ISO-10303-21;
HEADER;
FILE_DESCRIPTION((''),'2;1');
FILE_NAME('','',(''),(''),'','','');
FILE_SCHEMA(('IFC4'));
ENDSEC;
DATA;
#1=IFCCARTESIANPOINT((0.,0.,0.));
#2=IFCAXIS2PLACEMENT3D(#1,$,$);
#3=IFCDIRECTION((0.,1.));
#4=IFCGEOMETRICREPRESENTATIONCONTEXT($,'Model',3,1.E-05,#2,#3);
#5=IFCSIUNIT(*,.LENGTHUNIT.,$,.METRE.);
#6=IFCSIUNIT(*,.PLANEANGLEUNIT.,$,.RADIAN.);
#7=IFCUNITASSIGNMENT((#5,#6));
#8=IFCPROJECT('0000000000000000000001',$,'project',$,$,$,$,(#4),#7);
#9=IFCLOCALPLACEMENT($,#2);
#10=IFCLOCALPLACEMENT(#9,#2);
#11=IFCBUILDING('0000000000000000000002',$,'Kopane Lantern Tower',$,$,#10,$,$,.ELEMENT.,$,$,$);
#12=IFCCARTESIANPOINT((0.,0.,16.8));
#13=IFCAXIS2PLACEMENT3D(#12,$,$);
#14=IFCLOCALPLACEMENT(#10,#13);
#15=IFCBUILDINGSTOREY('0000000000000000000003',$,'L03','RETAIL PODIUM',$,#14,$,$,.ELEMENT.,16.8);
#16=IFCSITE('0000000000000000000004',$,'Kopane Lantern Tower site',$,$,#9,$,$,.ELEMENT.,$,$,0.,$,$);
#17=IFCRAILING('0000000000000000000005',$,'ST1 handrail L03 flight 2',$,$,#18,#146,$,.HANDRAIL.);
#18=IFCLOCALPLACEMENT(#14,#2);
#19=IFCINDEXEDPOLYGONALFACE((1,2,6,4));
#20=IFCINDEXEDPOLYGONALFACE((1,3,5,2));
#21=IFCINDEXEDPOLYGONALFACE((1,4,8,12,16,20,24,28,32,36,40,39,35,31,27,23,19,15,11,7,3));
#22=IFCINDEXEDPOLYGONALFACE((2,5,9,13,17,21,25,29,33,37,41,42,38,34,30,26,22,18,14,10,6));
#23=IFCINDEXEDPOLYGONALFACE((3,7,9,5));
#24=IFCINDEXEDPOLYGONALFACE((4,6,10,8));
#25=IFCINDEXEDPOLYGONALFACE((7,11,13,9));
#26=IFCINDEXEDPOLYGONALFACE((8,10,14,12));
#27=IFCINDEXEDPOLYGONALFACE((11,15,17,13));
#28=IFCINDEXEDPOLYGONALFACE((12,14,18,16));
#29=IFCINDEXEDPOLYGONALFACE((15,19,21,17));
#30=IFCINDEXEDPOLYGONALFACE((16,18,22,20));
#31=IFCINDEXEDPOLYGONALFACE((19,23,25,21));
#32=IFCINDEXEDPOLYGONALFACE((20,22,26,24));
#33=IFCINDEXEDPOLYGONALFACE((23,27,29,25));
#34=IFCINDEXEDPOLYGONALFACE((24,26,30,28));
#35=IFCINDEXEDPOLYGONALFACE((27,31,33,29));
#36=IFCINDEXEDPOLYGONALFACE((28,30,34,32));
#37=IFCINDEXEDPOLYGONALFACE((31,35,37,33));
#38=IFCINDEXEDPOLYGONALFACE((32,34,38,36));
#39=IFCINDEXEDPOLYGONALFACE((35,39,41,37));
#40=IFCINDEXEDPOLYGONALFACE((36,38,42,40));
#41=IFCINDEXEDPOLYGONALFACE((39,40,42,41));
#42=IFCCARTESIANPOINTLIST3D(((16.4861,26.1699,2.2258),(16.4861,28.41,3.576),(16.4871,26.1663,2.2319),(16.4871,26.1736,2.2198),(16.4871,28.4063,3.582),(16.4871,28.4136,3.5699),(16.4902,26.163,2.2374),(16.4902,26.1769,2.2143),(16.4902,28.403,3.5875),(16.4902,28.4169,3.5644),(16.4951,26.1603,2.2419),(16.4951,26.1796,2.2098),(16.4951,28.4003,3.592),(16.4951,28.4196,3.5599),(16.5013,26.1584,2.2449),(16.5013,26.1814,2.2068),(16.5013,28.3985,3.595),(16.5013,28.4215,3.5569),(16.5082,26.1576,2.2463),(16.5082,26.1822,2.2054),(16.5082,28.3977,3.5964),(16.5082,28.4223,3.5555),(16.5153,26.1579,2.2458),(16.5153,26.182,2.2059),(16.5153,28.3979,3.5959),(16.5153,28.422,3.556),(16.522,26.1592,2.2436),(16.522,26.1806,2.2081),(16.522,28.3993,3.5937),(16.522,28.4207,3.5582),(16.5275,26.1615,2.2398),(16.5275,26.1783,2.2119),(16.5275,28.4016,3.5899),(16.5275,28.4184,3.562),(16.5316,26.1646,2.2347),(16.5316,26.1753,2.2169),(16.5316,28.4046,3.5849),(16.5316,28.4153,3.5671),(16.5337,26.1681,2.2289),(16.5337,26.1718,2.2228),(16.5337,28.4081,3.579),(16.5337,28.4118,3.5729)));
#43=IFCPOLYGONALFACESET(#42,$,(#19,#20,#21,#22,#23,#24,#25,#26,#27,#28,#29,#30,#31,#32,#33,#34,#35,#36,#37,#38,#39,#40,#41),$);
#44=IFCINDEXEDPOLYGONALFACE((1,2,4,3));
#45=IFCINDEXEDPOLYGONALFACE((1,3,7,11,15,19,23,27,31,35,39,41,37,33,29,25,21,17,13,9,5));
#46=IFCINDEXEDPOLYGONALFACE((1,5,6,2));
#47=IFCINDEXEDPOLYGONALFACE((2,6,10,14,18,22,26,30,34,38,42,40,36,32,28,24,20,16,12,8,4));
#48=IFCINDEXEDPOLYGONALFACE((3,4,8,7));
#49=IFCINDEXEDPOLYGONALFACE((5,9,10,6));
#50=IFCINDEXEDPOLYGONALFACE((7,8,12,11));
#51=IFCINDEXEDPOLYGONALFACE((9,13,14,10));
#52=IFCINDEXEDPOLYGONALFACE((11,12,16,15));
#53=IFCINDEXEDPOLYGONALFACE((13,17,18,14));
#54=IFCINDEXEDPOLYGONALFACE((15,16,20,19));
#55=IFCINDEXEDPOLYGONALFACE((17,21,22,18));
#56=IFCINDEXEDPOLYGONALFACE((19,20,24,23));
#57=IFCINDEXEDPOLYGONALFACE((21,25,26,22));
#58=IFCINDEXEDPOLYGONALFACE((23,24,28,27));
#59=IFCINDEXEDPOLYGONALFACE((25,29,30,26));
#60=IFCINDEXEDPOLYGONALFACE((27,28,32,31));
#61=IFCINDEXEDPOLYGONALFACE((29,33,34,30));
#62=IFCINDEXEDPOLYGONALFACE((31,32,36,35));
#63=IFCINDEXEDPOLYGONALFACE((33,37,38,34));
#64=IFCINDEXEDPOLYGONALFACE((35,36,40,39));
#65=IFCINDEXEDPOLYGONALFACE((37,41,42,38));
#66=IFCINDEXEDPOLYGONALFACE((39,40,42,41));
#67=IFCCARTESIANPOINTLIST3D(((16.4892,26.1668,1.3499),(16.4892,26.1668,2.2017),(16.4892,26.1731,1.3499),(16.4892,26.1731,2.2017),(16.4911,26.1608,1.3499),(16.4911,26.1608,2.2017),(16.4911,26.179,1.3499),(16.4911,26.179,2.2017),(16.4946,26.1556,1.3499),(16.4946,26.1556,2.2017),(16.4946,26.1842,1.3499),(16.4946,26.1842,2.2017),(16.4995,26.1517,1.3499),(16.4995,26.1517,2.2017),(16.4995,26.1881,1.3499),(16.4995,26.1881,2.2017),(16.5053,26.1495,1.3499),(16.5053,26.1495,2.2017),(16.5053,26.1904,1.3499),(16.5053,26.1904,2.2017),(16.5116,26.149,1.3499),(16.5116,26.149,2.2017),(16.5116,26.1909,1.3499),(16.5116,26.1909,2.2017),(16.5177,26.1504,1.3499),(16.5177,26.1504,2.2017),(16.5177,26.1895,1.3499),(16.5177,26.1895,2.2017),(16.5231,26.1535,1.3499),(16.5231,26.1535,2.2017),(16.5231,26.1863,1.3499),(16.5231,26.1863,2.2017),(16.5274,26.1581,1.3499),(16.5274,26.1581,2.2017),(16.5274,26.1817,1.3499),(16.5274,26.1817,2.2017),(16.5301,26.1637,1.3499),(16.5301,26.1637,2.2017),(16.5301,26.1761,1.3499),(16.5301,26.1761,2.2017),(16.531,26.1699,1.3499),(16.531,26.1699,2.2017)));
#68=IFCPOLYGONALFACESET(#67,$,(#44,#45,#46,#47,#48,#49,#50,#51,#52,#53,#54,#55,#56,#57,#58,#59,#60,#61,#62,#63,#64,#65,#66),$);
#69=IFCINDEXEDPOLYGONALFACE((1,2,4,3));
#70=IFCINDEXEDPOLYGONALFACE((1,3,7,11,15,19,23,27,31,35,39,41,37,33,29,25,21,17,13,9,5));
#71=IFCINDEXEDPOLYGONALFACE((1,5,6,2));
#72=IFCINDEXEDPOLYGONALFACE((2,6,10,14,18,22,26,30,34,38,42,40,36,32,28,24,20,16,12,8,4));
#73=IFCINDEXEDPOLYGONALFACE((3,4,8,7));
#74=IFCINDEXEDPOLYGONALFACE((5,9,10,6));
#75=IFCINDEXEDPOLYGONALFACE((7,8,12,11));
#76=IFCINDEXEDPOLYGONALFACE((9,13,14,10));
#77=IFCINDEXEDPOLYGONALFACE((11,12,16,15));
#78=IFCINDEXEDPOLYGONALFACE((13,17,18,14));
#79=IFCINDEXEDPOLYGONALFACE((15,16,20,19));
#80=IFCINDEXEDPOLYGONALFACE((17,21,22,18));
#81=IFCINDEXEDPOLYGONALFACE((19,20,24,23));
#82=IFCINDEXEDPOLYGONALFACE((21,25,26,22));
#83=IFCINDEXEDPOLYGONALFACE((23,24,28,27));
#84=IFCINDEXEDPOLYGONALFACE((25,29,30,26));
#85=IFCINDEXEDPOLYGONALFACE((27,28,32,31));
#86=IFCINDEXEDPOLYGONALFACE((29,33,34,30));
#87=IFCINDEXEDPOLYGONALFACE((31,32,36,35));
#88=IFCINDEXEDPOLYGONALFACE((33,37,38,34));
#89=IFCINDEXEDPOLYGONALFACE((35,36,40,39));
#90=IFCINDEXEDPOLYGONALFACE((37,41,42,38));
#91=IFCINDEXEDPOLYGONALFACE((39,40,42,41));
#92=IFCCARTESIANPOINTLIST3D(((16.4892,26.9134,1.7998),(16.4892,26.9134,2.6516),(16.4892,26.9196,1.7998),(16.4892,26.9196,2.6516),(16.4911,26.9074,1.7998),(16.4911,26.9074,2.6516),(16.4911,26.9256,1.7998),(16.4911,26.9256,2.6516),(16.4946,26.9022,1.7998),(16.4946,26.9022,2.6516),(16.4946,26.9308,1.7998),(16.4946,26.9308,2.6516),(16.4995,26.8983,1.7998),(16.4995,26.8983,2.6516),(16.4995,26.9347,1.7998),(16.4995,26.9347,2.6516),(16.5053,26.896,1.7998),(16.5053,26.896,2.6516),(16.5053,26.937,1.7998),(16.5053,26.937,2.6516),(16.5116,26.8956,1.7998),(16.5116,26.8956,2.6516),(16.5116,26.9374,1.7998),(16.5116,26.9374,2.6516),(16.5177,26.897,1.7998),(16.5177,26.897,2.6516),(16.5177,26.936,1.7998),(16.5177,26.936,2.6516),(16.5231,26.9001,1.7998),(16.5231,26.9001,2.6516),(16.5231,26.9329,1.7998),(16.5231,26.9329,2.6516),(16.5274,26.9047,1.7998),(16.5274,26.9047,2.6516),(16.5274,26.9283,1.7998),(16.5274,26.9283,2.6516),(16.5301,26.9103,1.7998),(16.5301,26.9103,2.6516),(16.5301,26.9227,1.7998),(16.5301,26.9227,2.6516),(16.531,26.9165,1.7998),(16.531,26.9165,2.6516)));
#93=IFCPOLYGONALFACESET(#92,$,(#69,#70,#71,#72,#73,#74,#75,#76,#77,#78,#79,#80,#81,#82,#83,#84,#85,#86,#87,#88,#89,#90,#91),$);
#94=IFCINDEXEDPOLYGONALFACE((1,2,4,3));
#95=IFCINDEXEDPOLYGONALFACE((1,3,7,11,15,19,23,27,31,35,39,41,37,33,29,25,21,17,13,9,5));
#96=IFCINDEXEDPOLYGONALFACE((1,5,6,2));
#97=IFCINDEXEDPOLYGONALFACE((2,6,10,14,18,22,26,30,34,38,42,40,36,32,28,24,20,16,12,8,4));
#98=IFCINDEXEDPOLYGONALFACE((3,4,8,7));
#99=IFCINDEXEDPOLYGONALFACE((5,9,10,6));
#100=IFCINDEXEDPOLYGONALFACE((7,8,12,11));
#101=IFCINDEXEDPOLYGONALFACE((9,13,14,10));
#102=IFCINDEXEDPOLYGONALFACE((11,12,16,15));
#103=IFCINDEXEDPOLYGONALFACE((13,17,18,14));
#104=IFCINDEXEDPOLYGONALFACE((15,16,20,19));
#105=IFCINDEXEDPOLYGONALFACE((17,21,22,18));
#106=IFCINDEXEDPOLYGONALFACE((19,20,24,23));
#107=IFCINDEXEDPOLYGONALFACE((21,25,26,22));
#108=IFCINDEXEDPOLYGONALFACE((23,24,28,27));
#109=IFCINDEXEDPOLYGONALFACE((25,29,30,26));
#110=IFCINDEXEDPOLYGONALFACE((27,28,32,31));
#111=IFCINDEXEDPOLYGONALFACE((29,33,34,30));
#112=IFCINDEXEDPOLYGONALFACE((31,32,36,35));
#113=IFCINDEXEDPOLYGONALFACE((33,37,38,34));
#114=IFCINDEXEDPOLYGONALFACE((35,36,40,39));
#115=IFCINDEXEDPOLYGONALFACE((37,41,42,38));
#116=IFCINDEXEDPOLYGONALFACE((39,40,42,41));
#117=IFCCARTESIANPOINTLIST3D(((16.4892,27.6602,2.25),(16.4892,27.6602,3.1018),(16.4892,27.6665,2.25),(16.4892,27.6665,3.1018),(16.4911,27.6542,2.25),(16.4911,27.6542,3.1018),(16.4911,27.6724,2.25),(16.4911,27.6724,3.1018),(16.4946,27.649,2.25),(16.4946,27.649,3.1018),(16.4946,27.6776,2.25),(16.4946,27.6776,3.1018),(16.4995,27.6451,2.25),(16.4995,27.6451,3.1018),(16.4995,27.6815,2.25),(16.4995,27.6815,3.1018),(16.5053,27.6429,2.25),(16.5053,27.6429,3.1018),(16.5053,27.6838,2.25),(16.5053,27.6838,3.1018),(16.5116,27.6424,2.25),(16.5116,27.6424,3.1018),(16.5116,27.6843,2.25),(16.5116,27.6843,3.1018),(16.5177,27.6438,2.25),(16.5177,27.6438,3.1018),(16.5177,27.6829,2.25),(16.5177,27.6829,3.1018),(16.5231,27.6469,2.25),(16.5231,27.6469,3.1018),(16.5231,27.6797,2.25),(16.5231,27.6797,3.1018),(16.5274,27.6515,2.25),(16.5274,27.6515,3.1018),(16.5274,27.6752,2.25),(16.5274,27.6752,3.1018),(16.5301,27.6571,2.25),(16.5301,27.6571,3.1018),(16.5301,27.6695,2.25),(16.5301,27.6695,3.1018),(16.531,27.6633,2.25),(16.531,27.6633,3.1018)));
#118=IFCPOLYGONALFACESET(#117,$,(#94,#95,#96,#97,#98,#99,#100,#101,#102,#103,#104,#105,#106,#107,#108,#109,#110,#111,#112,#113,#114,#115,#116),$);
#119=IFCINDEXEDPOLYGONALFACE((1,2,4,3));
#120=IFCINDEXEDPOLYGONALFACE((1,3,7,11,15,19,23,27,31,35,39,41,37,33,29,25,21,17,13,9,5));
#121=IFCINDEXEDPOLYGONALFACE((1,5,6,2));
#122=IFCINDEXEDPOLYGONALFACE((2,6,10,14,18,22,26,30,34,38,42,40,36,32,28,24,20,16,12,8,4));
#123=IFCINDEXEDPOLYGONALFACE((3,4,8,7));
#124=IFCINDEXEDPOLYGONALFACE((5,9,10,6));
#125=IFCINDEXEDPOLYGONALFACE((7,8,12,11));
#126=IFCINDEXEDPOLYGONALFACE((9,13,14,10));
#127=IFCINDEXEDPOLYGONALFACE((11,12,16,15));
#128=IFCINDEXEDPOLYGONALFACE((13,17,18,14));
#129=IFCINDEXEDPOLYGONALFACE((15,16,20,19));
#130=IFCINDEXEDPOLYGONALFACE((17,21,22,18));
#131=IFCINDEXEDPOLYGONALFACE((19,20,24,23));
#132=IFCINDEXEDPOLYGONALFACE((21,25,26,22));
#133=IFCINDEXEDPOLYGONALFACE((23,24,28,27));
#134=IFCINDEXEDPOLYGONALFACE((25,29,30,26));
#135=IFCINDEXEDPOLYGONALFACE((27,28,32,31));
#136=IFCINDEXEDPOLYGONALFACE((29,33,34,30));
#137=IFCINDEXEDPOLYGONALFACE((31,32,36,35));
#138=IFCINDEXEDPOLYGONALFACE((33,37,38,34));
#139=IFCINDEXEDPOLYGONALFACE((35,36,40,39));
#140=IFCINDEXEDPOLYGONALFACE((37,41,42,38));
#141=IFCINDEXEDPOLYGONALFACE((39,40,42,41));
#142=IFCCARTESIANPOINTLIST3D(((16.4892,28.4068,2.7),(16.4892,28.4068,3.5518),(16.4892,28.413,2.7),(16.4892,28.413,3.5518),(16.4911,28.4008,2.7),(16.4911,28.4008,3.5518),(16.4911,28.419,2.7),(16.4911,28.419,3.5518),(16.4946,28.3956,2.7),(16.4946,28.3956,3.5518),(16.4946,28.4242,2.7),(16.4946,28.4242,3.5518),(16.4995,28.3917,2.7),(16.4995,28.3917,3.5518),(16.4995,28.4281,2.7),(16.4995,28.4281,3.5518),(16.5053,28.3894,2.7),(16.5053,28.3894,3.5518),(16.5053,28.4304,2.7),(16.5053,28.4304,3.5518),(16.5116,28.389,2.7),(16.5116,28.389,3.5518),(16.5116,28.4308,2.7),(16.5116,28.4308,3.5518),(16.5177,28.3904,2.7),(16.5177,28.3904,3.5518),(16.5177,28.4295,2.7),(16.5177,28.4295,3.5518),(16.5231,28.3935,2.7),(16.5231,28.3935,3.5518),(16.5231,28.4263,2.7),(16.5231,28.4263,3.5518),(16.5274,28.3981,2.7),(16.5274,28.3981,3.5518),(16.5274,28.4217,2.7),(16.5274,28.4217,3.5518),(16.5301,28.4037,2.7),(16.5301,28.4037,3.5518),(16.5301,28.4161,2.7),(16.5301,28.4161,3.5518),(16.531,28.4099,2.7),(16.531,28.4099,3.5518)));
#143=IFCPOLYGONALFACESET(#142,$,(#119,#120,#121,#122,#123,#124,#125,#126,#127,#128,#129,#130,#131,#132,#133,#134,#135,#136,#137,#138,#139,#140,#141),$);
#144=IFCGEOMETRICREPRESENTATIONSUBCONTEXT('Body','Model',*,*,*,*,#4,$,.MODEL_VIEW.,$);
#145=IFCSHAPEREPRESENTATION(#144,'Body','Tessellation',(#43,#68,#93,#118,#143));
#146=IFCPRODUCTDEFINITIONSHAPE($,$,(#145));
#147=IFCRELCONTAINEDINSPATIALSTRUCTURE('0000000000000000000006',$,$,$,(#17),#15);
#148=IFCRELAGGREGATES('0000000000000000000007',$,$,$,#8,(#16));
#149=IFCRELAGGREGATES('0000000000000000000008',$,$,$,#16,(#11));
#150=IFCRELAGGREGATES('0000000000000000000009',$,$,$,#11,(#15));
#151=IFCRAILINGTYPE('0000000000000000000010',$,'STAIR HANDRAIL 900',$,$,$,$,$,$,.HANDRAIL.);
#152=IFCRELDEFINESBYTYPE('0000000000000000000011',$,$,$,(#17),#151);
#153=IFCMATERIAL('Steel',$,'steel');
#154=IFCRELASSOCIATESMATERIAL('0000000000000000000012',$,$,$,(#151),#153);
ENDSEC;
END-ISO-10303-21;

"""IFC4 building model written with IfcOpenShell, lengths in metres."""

from ifc_helpers import new_model, si_unit, direction, frame, origin, origin_2d, place, context, subcontext, project, spatial, circle, extrude, material, type_object, element, save


model = new_model("IFC4")

# Units and contexts
model_context = context("Model", 3, precision=1e-05, world=origin(), true_north=direction((0.0, 1.0)))
body_context = subcontext(model_context, "Body", "Model", "MODEL_VIEW")
ifc_project = project(units=[si_unit("LENGTHUNIT", "METRE"), si_unit("PLANEANGLEUNIT", "RADIAN")], contexts=[model_context])

# Site, building, storey
site_placement = place(None, origin())
site = spatial("IfcSite", under=ifc_project, at=site_placement, Name="Kopane Lantern Tower site", CompositionType="ELEMENT", RefElevation=0.0)
building_placement = place(site_placement, origin())
building = spatial("IfcBuilding", under=site, at=building_placement, Name="Kopane Lantern Tower", CompositionType="ELEMENT")
storey_placement = place(building_placement, frame((0.0, 0.0, 16.8)))
storey = spatial("IfcBuildingStorey", under=building, at=storey_placement, Name="L03", Description="RETAIL PODIUM", CompositionType="ELEMENT", Elevation=16.8)

# Railing
ifc_material_1 = material(Name="Steel", Category="steel")
railing_type = type_object("IfcRailingType", Name="STAIR HANDRAIL 900", PredefinedType="HANDRAIL", material=ifc_material_1)
railing_1_placement = place(storey_placement, frame((16.51, 26.1699, 1.3499)))
element("IfcRailing", 1, at=railing_1_placement, inside=storey, type_object=railing_type, Name="ST1 handrail L03 flight 2", PredefinedType="HANDRAIL", context=body_context, shape_type="SweptSolid", body=[
    extrude(circle(Radius=0.0239, at=origin_2d()), frame((0.0, 0.0, 0.876), z_axis=(0.0, 0.856462, 0.516211), x_axis=(-1.0, 0.0, 0.0)), (0.0, 0.0, 1.0), 2.6155),
    extrude(circle(Radius=0.021, at=origin_2d()), origin(), (0.0, 0.0, 1.0), 0.8518),
    extrude(circle(Radius=0.021, at=origin_2d()), frame((0.0, 0.7466, 0.45)), (0.0, 0.0, 1.0), 0.8518),
    extrude(circle(Radius=0.021, at=origin_2d()), frame((0.0, 1.4934, 0.9001)), (0.0, 0.0, 1.0), 0.8518),
    extrude(circle(Radius=0.021, at=origin_2d()), frame((0.0, 2.24, 1.3501)), (0.0, 0.0, 1.0), 0.8518),
])

save(model, "model.ifc")
